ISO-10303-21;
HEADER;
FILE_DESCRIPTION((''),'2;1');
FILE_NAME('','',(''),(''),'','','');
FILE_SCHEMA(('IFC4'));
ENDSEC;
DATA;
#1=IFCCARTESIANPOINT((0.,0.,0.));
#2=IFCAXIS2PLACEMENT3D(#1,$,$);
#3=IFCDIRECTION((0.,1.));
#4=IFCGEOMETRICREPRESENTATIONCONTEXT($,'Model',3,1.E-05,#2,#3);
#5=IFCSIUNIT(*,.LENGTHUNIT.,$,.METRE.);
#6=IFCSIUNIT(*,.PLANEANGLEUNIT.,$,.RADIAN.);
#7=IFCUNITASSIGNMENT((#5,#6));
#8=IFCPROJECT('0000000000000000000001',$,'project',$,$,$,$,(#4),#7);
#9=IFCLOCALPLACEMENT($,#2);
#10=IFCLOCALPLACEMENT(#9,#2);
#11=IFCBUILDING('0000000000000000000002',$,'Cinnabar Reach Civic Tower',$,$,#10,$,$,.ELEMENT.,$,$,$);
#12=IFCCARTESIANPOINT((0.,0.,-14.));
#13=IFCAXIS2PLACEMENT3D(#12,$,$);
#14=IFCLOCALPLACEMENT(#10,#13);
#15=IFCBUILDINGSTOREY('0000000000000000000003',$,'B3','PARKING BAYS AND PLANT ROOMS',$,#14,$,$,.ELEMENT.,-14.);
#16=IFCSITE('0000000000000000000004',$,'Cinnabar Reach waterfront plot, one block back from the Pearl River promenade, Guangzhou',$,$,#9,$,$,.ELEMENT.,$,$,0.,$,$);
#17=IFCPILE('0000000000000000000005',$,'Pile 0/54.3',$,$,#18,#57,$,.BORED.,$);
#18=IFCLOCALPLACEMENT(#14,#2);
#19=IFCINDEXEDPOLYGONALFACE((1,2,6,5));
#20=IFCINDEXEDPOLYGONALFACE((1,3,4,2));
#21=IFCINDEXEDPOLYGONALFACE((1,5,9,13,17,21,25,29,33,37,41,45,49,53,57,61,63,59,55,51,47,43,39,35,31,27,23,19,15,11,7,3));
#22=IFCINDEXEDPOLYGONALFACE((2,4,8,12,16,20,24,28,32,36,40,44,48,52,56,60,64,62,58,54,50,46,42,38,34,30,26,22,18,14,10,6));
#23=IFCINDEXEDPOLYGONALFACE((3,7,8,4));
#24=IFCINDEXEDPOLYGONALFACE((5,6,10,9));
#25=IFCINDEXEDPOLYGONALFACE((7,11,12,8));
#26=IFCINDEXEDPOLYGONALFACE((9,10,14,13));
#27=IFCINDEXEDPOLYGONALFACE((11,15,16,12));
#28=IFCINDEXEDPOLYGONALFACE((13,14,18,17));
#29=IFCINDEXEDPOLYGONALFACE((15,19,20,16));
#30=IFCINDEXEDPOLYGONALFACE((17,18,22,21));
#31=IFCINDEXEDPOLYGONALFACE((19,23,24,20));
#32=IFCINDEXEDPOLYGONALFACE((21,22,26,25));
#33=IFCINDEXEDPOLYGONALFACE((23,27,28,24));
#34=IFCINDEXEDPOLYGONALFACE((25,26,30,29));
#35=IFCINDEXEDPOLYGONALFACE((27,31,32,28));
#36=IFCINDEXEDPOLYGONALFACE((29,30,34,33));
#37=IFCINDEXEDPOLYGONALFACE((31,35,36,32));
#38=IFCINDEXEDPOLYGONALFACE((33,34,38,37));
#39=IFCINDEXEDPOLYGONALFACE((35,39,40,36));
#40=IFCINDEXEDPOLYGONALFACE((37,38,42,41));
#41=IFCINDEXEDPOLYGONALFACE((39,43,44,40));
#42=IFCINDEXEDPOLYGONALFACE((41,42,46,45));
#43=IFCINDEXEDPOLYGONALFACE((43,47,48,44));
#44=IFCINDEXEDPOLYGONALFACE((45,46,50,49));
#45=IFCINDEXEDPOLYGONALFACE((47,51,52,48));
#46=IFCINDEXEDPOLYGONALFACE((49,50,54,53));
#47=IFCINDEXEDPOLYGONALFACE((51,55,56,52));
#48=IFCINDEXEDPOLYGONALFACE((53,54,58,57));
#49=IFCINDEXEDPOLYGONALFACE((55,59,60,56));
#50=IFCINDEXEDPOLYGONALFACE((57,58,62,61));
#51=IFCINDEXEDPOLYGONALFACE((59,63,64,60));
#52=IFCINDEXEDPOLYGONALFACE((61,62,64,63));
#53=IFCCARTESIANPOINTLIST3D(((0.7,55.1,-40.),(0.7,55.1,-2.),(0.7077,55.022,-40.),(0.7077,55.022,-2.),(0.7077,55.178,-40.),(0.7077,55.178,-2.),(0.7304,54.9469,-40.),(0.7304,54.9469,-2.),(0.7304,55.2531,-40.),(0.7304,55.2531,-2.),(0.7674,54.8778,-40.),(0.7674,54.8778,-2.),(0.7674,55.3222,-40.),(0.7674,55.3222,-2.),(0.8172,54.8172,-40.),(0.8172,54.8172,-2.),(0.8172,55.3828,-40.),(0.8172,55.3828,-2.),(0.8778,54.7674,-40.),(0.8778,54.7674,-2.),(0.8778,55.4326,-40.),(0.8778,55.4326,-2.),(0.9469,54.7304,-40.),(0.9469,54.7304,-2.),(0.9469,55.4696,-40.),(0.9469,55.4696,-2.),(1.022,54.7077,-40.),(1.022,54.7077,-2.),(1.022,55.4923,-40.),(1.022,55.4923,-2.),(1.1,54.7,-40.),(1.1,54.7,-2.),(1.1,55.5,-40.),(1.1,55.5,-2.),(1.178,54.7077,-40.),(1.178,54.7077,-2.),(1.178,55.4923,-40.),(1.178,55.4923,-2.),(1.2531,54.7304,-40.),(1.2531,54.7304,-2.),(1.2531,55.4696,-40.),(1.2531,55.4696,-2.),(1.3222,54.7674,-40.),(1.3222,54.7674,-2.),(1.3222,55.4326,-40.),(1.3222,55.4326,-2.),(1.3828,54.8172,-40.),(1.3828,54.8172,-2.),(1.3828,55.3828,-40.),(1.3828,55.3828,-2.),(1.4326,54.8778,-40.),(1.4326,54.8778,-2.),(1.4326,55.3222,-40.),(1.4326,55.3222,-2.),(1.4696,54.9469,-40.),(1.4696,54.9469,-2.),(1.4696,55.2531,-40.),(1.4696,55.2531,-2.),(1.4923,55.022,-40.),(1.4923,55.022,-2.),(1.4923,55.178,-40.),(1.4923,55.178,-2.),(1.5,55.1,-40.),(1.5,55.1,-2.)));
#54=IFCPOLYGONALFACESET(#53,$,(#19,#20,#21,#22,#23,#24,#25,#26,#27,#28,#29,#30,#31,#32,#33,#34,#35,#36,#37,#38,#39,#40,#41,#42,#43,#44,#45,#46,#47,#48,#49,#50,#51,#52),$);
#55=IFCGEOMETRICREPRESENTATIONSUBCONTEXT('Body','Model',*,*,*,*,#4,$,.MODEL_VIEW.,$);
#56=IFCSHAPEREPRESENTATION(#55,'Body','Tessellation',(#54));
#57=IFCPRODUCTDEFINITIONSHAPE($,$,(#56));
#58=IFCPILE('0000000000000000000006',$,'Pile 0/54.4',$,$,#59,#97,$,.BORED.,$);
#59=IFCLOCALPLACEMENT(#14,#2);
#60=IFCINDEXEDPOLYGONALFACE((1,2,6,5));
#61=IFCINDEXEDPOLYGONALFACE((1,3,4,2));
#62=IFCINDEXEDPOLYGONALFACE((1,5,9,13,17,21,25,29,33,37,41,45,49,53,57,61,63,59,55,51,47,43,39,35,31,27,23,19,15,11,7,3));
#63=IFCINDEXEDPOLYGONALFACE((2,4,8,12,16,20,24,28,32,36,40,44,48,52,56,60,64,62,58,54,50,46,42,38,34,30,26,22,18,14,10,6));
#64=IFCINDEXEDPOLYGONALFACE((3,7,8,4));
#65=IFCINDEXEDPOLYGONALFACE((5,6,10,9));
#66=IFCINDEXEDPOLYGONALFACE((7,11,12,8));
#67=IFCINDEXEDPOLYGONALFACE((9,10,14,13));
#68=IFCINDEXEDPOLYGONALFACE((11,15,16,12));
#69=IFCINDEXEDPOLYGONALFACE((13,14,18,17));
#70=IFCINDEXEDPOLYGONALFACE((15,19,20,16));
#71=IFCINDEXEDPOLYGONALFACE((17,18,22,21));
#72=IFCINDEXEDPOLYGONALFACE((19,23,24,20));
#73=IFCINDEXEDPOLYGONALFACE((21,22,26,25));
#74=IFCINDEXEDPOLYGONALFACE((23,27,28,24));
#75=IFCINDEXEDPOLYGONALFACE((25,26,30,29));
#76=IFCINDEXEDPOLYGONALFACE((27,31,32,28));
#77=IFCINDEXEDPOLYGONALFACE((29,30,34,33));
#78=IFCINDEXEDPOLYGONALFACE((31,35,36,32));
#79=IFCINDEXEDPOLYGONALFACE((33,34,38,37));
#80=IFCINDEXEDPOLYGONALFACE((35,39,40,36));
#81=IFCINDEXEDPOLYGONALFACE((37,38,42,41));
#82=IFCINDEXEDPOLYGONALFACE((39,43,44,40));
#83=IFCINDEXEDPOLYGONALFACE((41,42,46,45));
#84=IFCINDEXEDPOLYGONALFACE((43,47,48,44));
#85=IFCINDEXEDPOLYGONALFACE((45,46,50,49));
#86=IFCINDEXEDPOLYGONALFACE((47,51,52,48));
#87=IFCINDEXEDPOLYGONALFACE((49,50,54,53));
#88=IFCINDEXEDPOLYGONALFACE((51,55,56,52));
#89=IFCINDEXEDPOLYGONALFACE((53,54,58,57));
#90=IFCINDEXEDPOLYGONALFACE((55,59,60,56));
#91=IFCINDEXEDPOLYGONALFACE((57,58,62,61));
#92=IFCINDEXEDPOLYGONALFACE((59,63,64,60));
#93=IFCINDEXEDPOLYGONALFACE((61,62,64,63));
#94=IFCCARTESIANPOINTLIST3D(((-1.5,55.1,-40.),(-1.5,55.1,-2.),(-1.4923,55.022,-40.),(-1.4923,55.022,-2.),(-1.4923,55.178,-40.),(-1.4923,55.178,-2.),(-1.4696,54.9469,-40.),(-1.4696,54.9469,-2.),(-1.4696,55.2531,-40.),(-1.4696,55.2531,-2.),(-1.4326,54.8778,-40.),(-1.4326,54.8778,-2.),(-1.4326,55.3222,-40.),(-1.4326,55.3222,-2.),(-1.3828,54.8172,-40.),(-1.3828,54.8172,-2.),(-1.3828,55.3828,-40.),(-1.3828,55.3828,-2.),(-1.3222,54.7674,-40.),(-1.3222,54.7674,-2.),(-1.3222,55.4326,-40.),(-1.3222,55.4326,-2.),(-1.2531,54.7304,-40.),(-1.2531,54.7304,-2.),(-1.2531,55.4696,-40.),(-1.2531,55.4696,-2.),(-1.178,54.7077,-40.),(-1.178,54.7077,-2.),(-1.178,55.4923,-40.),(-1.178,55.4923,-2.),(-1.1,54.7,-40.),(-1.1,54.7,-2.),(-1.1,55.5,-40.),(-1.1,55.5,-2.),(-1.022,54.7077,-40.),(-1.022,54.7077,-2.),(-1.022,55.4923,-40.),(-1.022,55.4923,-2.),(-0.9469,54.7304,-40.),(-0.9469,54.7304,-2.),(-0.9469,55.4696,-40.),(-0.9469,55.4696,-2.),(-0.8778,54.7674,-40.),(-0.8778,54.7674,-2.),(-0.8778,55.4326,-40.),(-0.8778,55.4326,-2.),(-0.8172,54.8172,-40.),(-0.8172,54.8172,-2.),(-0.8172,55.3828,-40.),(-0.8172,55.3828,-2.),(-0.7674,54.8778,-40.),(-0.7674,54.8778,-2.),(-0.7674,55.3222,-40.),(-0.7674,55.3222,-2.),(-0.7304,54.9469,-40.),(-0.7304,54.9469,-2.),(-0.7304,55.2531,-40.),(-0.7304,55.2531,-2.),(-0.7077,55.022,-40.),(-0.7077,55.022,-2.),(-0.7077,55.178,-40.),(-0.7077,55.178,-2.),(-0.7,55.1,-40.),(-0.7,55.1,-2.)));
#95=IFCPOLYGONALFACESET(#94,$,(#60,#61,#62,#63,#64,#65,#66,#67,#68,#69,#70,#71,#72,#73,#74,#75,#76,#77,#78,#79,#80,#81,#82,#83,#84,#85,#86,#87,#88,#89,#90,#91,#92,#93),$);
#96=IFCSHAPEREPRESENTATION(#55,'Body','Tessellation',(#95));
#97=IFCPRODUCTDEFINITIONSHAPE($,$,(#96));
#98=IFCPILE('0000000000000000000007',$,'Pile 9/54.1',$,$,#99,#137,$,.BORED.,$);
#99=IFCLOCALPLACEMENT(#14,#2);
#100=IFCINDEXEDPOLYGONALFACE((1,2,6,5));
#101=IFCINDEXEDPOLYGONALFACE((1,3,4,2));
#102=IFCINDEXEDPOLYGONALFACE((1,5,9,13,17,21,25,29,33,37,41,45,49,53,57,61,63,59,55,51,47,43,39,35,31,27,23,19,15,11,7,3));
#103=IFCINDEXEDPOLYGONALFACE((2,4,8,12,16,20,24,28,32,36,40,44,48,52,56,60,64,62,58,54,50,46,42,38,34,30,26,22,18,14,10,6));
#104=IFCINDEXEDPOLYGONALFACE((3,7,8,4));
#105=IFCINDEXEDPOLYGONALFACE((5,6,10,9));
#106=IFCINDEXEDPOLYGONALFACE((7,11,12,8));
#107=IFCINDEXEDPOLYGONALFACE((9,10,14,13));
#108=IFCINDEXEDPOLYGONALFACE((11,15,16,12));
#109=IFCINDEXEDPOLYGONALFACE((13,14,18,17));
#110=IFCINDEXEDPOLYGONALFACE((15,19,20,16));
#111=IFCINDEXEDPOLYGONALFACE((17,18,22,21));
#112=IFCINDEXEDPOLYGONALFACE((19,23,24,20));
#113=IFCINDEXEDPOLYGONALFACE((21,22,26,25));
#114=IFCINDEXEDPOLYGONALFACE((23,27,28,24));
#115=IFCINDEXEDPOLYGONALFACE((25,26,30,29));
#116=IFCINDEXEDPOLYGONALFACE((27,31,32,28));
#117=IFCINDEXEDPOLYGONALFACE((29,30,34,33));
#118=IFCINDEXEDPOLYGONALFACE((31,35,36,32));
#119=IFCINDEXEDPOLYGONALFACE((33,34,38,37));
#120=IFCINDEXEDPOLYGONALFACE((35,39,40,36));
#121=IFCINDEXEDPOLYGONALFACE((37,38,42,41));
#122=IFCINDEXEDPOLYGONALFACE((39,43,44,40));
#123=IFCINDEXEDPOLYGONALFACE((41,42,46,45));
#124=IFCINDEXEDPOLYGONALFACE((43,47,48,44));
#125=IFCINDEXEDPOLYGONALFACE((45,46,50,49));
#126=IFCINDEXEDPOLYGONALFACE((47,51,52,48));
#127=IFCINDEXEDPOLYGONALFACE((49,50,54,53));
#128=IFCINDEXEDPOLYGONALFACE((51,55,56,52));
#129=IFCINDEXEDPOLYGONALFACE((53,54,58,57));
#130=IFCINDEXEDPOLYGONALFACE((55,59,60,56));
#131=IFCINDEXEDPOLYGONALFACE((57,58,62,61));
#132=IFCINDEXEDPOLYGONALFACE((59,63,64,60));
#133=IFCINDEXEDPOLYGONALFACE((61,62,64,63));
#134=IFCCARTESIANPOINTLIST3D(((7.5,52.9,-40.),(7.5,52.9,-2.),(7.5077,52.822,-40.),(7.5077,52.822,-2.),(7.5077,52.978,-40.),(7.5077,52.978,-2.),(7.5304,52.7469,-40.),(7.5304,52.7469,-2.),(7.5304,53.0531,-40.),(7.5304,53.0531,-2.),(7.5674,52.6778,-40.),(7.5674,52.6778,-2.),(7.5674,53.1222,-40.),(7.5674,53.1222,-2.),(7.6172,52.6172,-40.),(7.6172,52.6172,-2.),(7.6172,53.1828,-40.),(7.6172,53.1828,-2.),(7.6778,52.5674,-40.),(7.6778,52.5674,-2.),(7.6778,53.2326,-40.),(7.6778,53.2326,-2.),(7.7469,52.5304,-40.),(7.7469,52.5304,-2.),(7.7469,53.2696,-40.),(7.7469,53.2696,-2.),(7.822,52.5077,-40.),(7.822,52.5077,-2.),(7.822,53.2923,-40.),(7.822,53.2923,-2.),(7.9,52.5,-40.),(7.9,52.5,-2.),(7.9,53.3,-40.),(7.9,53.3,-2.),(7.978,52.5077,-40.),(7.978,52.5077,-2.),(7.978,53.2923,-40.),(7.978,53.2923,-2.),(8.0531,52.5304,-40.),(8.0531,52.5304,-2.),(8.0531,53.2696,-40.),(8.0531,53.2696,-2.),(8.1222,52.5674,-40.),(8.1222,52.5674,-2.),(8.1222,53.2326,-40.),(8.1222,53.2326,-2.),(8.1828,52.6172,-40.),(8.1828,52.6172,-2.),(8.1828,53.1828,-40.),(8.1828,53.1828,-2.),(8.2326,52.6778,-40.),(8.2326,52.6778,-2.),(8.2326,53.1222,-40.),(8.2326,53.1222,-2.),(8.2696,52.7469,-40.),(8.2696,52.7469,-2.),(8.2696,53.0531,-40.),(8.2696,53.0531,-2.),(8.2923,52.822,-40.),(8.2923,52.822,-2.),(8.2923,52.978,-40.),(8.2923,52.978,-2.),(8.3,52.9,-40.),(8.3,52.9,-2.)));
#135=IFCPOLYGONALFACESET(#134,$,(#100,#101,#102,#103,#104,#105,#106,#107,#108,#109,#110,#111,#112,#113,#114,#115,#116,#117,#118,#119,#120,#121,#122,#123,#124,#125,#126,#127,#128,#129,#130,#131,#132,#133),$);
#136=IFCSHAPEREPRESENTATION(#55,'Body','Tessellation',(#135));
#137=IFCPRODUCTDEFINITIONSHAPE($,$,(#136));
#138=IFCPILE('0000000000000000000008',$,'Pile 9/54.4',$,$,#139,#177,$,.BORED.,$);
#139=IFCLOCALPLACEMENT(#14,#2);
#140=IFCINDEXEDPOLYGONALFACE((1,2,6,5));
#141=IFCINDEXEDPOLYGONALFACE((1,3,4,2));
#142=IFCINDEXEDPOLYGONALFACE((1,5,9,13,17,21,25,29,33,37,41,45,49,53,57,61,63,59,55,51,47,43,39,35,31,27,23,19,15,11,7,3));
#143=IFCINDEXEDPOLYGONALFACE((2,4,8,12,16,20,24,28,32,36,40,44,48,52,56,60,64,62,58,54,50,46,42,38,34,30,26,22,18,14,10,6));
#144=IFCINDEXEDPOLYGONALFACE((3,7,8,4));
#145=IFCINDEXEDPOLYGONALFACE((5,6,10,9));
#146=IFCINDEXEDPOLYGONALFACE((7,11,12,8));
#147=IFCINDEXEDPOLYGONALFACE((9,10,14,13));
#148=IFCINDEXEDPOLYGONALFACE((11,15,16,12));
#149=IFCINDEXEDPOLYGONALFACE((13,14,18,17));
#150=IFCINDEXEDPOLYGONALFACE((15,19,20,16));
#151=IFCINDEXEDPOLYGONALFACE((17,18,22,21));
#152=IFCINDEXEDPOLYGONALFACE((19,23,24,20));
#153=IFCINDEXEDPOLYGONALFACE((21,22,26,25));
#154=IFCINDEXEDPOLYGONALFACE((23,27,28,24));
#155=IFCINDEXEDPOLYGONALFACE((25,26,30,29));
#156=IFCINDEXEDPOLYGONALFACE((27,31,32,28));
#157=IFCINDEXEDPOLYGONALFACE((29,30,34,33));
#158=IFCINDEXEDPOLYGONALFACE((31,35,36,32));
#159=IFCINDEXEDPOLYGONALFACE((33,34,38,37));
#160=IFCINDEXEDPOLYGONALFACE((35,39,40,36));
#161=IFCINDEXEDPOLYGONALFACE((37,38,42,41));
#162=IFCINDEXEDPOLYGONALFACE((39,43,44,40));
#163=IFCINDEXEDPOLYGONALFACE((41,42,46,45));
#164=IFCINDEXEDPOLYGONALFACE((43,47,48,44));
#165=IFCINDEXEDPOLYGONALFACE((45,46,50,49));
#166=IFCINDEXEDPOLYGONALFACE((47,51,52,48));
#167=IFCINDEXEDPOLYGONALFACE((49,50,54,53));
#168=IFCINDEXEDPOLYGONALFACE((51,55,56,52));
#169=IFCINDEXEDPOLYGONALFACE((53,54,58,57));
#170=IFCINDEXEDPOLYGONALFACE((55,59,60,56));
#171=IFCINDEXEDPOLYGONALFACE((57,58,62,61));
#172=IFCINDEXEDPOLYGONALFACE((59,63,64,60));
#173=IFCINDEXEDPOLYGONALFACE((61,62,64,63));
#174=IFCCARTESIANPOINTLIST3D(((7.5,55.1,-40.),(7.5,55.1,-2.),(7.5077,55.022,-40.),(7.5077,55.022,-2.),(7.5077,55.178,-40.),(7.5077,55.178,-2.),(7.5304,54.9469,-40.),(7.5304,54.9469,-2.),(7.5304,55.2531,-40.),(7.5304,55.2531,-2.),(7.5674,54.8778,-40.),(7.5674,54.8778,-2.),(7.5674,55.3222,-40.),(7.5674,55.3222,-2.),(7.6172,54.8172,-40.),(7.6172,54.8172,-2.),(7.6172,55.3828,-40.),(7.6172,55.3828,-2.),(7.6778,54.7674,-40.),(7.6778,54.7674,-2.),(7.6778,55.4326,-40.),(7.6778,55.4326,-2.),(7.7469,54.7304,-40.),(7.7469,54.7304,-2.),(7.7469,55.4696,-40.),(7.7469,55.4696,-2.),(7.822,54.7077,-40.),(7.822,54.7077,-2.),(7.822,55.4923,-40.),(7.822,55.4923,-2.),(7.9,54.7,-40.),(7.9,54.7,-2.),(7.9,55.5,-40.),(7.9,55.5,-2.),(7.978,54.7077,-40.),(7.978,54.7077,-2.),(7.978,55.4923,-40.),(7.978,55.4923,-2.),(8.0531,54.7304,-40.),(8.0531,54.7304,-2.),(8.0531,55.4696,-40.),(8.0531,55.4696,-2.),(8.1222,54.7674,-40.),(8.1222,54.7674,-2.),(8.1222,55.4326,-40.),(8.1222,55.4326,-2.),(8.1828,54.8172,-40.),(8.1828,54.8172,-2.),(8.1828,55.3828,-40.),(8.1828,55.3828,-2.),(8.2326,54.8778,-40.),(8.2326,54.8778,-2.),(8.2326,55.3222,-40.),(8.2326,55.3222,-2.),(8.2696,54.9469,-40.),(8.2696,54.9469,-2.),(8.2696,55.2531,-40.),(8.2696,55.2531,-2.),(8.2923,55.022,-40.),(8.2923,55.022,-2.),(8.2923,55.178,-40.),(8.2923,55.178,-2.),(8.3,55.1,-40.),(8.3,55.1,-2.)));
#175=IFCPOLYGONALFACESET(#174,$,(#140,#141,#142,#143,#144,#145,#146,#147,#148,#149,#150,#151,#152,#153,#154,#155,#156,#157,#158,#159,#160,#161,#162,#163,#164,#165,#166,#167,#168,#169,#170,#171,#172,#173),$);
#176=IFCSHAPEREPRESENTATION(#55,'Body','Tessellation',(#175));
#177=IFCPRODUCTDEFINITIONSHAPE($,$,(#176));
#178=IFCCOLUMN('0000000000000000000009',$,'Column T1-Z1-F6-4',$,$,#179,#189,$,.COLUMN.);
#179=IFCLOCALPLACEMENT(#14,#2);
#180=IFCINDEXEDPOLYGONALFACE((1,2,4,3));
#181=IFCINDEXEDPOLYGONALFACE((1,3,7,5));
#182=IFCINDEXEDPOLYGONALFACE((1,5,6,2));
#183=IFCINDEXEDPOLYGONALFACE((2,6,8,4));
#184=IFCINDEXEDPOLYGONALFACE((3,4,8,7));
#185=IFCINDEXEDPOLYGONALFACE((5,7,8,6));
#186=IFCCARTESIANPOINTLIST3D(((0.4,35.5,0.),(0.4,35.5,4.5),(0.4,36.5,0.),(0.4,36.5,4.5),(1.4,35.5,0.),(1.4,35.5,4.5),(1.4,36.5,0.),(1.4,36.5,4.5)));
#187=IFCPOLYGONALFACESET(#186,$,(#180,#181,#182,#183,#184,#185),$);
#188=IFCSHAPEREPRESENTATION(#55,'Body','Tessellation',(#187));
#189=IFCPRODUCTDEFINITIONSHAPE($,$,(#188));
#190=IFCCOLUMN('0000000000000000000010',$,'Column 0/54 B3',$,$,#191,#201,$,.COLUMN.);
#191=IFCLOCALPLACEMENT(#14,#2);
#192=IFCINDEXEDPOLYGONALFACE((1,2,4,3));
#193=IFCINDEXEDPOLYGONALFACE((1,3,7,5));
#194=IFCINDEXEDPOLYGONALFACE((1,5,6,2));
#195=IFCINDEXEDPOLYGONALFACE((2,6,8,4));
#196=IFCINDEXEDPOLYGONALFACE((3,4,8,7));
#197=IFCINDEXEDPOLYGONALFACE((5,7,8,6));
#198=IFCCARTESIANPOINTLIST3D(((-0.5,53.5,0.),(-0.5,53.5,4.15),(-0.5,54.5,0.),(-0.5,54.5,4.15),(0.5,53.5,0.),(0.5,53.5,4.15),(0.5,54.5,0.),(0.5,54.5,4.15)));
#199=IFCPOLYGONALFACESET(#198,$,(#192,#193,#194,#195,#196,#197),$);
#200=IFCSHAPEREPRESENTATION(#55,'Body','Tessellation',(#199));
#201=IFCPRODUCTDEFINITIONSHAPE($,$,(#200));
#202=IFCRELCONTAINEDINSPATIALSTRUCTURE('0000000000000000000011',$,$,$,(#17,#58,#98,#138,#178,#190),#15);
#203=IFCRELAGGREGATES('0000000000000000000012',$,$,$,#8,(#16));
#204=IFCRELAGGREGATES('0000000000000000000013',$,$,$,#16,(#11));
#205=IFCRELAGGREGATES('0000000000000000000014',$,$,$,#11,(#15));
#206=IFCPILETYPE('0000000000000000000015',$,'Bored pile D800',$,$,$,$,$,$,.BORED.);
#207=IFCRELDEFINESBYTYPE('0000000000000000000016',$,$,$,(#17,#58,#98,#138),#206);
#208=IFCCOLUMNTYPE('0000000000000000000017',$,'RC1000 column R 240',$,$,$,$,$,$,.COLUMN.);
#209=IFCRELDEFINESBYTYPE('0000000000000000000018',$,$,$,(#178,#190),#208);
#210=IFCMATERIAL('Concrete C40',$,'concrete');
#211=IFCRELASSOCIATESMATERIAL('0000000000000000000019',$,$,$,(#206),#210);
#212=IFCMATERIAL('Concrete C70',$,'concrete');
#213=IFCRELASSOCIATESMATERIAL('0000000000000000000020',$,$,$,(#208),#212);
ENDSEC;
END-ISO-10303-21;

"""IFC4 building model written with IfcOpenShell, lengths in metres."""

from ifc_helpers import new_model, si_unit, direction, frame, origin, origin_2d, place, context, subcontext, project, spatial, rectangle, circle, extrude, material, material_profile, profile_set, type_object, element, save


model = new_model("IFC4")

# Units and contexts
model_context = context("Model", 3, precision=1e-05, world=origin(), true_north=direction((0.0, 1.0)))
body_context = subcontext(model_context, "Body", "Model", "MODEL_VIEW")
ifc_project = project(units=[si_unit("LENGTHUNIT", "METRE"), si_unit("PLANEANGLEUNIT", "RADIAN")], contexts=[model_context])

# Site, building, storey
site_placement = place(None, origin())
site = spatial("IfcSite", under=ifc_project, at=site_placement, Name="Cinnabar Reach waterfront plot, one block back from the Pearl River promenade, Guangzhou", CompositionType="ELEMENT", RefElevation=0.0)
building_placement = place(site_placement, origin())
building = spatial("IfcBuilding", under=site, at=building_placement, Name="Cinnabar Reach Civic Tower", CompositionType="ELEMENT")
storey_placement = place(building_placement, frame((0.0, 0.0, -14.0)))
storey = spatial("IfcBuildingStorey", under=building, at=storey_placement, Name="B3", Description="PARKING BAYS AND PLANT ROOMS", CompositionType="ELEMENT", Elevation=-14.0)

# Piles
ifc_material_1 = material(Name="Concrete C40", Category="concrete")
pile_type_1 = type_object("IfcPileType", Name="Bored pile D800", PredefinedType="BORED", material=ifc_material_1)
for number, where, z_axis, x_axis, name in (
    (1, (1.1, 55.1, -2.0), (0.0, 0.0, -1.0), (1.0, 0.0, 0.0), "Pile 0/54.3"),
    (2, (-1.1, 55.1, -2.0), (0.0, 0.0, -1.0), (1.0, 0.0, 0.0), "Pile 0/54.4"),
    (3, (7.9, 52.9, -2.0), (0.0, 0.0, -1.0), (1.0, 0.0, 0.0), "Pile 9/54.1"),
    (4, (7.9, 55.1, -2.0), (0.0, 0.0, -1.0), (1.0, 0.0, 0.0), "Pile 9/54.4"),
):
    element("IfcPile", number, at=place(storey_placement, frame(where, z_axis=z_axis, x_axis=x_axis)), inside=storey, type_object=pile_type_1, Name=name, PredefinedType="BORED", context=body_context, shape_type="SweptSolid", body=[
        extrude(circle(Radius=0.4, at=origin_2d()), origin(), (0.0, 0.0, 1.0), 38.0),
    ])

# Columns
ifc_material_2 = material(Name="Concrete C70", Category="concrete")
ifc_material_profile_1 = material_profile(ifc_material_2, rectangle(XDim=1.0, YDim=1.0, at=origin_2d()), Name="RC1000")
ifc_profile_set_1 = profile_set([ifc_material_profile_1], Name="Concrete C70")
column_type_1 = type_object("IfcColumnType", Name="RC1000 column R 240", PredefinedType="COLUMN", material=ifc_profile_set_1)
column_1_placement = place(storey_placement, frame((0.9, 36.0, 0.0), z_axis=(0.0, 0.0, 1.0), x_axis=(1.0, 0.0, 0.0)))
element("IfcColumn", 5, at=column_1_placement, inside=storey, type_object=column_type_1, Name="Column T1-Z1-F6-4", PredefinedType="COLUMN", context=body_context, shape_type="SweptSolid", body=[
    extrude(rectangle(XDim=1.0, YDim=1.0, at=origin_2d()), origin(), (0.0, 0.0, 1.0), 4.5),
])
column_2_placement = place(storey_placement, frame((0.0, 54.0, 0.0), z_axis=(0.0, 0.0, 1.0), x_axis=(1.0, 0.0, 0.0)))
element("IfcColumn", 6, at=column_2_placement, inside=storey, type_object=column_type_1, Name="Column 0/54 B3", PredefinedType="COLUMN", context=body_context, shape_type="SweptSolid", body=[
    extrude(rectangle(XDim=1.0, YDim=1.0, at=origin_2d()), origin(), (0.0, 0.0, 1.0), 4.15),
])

save(model, "model.ifc")
